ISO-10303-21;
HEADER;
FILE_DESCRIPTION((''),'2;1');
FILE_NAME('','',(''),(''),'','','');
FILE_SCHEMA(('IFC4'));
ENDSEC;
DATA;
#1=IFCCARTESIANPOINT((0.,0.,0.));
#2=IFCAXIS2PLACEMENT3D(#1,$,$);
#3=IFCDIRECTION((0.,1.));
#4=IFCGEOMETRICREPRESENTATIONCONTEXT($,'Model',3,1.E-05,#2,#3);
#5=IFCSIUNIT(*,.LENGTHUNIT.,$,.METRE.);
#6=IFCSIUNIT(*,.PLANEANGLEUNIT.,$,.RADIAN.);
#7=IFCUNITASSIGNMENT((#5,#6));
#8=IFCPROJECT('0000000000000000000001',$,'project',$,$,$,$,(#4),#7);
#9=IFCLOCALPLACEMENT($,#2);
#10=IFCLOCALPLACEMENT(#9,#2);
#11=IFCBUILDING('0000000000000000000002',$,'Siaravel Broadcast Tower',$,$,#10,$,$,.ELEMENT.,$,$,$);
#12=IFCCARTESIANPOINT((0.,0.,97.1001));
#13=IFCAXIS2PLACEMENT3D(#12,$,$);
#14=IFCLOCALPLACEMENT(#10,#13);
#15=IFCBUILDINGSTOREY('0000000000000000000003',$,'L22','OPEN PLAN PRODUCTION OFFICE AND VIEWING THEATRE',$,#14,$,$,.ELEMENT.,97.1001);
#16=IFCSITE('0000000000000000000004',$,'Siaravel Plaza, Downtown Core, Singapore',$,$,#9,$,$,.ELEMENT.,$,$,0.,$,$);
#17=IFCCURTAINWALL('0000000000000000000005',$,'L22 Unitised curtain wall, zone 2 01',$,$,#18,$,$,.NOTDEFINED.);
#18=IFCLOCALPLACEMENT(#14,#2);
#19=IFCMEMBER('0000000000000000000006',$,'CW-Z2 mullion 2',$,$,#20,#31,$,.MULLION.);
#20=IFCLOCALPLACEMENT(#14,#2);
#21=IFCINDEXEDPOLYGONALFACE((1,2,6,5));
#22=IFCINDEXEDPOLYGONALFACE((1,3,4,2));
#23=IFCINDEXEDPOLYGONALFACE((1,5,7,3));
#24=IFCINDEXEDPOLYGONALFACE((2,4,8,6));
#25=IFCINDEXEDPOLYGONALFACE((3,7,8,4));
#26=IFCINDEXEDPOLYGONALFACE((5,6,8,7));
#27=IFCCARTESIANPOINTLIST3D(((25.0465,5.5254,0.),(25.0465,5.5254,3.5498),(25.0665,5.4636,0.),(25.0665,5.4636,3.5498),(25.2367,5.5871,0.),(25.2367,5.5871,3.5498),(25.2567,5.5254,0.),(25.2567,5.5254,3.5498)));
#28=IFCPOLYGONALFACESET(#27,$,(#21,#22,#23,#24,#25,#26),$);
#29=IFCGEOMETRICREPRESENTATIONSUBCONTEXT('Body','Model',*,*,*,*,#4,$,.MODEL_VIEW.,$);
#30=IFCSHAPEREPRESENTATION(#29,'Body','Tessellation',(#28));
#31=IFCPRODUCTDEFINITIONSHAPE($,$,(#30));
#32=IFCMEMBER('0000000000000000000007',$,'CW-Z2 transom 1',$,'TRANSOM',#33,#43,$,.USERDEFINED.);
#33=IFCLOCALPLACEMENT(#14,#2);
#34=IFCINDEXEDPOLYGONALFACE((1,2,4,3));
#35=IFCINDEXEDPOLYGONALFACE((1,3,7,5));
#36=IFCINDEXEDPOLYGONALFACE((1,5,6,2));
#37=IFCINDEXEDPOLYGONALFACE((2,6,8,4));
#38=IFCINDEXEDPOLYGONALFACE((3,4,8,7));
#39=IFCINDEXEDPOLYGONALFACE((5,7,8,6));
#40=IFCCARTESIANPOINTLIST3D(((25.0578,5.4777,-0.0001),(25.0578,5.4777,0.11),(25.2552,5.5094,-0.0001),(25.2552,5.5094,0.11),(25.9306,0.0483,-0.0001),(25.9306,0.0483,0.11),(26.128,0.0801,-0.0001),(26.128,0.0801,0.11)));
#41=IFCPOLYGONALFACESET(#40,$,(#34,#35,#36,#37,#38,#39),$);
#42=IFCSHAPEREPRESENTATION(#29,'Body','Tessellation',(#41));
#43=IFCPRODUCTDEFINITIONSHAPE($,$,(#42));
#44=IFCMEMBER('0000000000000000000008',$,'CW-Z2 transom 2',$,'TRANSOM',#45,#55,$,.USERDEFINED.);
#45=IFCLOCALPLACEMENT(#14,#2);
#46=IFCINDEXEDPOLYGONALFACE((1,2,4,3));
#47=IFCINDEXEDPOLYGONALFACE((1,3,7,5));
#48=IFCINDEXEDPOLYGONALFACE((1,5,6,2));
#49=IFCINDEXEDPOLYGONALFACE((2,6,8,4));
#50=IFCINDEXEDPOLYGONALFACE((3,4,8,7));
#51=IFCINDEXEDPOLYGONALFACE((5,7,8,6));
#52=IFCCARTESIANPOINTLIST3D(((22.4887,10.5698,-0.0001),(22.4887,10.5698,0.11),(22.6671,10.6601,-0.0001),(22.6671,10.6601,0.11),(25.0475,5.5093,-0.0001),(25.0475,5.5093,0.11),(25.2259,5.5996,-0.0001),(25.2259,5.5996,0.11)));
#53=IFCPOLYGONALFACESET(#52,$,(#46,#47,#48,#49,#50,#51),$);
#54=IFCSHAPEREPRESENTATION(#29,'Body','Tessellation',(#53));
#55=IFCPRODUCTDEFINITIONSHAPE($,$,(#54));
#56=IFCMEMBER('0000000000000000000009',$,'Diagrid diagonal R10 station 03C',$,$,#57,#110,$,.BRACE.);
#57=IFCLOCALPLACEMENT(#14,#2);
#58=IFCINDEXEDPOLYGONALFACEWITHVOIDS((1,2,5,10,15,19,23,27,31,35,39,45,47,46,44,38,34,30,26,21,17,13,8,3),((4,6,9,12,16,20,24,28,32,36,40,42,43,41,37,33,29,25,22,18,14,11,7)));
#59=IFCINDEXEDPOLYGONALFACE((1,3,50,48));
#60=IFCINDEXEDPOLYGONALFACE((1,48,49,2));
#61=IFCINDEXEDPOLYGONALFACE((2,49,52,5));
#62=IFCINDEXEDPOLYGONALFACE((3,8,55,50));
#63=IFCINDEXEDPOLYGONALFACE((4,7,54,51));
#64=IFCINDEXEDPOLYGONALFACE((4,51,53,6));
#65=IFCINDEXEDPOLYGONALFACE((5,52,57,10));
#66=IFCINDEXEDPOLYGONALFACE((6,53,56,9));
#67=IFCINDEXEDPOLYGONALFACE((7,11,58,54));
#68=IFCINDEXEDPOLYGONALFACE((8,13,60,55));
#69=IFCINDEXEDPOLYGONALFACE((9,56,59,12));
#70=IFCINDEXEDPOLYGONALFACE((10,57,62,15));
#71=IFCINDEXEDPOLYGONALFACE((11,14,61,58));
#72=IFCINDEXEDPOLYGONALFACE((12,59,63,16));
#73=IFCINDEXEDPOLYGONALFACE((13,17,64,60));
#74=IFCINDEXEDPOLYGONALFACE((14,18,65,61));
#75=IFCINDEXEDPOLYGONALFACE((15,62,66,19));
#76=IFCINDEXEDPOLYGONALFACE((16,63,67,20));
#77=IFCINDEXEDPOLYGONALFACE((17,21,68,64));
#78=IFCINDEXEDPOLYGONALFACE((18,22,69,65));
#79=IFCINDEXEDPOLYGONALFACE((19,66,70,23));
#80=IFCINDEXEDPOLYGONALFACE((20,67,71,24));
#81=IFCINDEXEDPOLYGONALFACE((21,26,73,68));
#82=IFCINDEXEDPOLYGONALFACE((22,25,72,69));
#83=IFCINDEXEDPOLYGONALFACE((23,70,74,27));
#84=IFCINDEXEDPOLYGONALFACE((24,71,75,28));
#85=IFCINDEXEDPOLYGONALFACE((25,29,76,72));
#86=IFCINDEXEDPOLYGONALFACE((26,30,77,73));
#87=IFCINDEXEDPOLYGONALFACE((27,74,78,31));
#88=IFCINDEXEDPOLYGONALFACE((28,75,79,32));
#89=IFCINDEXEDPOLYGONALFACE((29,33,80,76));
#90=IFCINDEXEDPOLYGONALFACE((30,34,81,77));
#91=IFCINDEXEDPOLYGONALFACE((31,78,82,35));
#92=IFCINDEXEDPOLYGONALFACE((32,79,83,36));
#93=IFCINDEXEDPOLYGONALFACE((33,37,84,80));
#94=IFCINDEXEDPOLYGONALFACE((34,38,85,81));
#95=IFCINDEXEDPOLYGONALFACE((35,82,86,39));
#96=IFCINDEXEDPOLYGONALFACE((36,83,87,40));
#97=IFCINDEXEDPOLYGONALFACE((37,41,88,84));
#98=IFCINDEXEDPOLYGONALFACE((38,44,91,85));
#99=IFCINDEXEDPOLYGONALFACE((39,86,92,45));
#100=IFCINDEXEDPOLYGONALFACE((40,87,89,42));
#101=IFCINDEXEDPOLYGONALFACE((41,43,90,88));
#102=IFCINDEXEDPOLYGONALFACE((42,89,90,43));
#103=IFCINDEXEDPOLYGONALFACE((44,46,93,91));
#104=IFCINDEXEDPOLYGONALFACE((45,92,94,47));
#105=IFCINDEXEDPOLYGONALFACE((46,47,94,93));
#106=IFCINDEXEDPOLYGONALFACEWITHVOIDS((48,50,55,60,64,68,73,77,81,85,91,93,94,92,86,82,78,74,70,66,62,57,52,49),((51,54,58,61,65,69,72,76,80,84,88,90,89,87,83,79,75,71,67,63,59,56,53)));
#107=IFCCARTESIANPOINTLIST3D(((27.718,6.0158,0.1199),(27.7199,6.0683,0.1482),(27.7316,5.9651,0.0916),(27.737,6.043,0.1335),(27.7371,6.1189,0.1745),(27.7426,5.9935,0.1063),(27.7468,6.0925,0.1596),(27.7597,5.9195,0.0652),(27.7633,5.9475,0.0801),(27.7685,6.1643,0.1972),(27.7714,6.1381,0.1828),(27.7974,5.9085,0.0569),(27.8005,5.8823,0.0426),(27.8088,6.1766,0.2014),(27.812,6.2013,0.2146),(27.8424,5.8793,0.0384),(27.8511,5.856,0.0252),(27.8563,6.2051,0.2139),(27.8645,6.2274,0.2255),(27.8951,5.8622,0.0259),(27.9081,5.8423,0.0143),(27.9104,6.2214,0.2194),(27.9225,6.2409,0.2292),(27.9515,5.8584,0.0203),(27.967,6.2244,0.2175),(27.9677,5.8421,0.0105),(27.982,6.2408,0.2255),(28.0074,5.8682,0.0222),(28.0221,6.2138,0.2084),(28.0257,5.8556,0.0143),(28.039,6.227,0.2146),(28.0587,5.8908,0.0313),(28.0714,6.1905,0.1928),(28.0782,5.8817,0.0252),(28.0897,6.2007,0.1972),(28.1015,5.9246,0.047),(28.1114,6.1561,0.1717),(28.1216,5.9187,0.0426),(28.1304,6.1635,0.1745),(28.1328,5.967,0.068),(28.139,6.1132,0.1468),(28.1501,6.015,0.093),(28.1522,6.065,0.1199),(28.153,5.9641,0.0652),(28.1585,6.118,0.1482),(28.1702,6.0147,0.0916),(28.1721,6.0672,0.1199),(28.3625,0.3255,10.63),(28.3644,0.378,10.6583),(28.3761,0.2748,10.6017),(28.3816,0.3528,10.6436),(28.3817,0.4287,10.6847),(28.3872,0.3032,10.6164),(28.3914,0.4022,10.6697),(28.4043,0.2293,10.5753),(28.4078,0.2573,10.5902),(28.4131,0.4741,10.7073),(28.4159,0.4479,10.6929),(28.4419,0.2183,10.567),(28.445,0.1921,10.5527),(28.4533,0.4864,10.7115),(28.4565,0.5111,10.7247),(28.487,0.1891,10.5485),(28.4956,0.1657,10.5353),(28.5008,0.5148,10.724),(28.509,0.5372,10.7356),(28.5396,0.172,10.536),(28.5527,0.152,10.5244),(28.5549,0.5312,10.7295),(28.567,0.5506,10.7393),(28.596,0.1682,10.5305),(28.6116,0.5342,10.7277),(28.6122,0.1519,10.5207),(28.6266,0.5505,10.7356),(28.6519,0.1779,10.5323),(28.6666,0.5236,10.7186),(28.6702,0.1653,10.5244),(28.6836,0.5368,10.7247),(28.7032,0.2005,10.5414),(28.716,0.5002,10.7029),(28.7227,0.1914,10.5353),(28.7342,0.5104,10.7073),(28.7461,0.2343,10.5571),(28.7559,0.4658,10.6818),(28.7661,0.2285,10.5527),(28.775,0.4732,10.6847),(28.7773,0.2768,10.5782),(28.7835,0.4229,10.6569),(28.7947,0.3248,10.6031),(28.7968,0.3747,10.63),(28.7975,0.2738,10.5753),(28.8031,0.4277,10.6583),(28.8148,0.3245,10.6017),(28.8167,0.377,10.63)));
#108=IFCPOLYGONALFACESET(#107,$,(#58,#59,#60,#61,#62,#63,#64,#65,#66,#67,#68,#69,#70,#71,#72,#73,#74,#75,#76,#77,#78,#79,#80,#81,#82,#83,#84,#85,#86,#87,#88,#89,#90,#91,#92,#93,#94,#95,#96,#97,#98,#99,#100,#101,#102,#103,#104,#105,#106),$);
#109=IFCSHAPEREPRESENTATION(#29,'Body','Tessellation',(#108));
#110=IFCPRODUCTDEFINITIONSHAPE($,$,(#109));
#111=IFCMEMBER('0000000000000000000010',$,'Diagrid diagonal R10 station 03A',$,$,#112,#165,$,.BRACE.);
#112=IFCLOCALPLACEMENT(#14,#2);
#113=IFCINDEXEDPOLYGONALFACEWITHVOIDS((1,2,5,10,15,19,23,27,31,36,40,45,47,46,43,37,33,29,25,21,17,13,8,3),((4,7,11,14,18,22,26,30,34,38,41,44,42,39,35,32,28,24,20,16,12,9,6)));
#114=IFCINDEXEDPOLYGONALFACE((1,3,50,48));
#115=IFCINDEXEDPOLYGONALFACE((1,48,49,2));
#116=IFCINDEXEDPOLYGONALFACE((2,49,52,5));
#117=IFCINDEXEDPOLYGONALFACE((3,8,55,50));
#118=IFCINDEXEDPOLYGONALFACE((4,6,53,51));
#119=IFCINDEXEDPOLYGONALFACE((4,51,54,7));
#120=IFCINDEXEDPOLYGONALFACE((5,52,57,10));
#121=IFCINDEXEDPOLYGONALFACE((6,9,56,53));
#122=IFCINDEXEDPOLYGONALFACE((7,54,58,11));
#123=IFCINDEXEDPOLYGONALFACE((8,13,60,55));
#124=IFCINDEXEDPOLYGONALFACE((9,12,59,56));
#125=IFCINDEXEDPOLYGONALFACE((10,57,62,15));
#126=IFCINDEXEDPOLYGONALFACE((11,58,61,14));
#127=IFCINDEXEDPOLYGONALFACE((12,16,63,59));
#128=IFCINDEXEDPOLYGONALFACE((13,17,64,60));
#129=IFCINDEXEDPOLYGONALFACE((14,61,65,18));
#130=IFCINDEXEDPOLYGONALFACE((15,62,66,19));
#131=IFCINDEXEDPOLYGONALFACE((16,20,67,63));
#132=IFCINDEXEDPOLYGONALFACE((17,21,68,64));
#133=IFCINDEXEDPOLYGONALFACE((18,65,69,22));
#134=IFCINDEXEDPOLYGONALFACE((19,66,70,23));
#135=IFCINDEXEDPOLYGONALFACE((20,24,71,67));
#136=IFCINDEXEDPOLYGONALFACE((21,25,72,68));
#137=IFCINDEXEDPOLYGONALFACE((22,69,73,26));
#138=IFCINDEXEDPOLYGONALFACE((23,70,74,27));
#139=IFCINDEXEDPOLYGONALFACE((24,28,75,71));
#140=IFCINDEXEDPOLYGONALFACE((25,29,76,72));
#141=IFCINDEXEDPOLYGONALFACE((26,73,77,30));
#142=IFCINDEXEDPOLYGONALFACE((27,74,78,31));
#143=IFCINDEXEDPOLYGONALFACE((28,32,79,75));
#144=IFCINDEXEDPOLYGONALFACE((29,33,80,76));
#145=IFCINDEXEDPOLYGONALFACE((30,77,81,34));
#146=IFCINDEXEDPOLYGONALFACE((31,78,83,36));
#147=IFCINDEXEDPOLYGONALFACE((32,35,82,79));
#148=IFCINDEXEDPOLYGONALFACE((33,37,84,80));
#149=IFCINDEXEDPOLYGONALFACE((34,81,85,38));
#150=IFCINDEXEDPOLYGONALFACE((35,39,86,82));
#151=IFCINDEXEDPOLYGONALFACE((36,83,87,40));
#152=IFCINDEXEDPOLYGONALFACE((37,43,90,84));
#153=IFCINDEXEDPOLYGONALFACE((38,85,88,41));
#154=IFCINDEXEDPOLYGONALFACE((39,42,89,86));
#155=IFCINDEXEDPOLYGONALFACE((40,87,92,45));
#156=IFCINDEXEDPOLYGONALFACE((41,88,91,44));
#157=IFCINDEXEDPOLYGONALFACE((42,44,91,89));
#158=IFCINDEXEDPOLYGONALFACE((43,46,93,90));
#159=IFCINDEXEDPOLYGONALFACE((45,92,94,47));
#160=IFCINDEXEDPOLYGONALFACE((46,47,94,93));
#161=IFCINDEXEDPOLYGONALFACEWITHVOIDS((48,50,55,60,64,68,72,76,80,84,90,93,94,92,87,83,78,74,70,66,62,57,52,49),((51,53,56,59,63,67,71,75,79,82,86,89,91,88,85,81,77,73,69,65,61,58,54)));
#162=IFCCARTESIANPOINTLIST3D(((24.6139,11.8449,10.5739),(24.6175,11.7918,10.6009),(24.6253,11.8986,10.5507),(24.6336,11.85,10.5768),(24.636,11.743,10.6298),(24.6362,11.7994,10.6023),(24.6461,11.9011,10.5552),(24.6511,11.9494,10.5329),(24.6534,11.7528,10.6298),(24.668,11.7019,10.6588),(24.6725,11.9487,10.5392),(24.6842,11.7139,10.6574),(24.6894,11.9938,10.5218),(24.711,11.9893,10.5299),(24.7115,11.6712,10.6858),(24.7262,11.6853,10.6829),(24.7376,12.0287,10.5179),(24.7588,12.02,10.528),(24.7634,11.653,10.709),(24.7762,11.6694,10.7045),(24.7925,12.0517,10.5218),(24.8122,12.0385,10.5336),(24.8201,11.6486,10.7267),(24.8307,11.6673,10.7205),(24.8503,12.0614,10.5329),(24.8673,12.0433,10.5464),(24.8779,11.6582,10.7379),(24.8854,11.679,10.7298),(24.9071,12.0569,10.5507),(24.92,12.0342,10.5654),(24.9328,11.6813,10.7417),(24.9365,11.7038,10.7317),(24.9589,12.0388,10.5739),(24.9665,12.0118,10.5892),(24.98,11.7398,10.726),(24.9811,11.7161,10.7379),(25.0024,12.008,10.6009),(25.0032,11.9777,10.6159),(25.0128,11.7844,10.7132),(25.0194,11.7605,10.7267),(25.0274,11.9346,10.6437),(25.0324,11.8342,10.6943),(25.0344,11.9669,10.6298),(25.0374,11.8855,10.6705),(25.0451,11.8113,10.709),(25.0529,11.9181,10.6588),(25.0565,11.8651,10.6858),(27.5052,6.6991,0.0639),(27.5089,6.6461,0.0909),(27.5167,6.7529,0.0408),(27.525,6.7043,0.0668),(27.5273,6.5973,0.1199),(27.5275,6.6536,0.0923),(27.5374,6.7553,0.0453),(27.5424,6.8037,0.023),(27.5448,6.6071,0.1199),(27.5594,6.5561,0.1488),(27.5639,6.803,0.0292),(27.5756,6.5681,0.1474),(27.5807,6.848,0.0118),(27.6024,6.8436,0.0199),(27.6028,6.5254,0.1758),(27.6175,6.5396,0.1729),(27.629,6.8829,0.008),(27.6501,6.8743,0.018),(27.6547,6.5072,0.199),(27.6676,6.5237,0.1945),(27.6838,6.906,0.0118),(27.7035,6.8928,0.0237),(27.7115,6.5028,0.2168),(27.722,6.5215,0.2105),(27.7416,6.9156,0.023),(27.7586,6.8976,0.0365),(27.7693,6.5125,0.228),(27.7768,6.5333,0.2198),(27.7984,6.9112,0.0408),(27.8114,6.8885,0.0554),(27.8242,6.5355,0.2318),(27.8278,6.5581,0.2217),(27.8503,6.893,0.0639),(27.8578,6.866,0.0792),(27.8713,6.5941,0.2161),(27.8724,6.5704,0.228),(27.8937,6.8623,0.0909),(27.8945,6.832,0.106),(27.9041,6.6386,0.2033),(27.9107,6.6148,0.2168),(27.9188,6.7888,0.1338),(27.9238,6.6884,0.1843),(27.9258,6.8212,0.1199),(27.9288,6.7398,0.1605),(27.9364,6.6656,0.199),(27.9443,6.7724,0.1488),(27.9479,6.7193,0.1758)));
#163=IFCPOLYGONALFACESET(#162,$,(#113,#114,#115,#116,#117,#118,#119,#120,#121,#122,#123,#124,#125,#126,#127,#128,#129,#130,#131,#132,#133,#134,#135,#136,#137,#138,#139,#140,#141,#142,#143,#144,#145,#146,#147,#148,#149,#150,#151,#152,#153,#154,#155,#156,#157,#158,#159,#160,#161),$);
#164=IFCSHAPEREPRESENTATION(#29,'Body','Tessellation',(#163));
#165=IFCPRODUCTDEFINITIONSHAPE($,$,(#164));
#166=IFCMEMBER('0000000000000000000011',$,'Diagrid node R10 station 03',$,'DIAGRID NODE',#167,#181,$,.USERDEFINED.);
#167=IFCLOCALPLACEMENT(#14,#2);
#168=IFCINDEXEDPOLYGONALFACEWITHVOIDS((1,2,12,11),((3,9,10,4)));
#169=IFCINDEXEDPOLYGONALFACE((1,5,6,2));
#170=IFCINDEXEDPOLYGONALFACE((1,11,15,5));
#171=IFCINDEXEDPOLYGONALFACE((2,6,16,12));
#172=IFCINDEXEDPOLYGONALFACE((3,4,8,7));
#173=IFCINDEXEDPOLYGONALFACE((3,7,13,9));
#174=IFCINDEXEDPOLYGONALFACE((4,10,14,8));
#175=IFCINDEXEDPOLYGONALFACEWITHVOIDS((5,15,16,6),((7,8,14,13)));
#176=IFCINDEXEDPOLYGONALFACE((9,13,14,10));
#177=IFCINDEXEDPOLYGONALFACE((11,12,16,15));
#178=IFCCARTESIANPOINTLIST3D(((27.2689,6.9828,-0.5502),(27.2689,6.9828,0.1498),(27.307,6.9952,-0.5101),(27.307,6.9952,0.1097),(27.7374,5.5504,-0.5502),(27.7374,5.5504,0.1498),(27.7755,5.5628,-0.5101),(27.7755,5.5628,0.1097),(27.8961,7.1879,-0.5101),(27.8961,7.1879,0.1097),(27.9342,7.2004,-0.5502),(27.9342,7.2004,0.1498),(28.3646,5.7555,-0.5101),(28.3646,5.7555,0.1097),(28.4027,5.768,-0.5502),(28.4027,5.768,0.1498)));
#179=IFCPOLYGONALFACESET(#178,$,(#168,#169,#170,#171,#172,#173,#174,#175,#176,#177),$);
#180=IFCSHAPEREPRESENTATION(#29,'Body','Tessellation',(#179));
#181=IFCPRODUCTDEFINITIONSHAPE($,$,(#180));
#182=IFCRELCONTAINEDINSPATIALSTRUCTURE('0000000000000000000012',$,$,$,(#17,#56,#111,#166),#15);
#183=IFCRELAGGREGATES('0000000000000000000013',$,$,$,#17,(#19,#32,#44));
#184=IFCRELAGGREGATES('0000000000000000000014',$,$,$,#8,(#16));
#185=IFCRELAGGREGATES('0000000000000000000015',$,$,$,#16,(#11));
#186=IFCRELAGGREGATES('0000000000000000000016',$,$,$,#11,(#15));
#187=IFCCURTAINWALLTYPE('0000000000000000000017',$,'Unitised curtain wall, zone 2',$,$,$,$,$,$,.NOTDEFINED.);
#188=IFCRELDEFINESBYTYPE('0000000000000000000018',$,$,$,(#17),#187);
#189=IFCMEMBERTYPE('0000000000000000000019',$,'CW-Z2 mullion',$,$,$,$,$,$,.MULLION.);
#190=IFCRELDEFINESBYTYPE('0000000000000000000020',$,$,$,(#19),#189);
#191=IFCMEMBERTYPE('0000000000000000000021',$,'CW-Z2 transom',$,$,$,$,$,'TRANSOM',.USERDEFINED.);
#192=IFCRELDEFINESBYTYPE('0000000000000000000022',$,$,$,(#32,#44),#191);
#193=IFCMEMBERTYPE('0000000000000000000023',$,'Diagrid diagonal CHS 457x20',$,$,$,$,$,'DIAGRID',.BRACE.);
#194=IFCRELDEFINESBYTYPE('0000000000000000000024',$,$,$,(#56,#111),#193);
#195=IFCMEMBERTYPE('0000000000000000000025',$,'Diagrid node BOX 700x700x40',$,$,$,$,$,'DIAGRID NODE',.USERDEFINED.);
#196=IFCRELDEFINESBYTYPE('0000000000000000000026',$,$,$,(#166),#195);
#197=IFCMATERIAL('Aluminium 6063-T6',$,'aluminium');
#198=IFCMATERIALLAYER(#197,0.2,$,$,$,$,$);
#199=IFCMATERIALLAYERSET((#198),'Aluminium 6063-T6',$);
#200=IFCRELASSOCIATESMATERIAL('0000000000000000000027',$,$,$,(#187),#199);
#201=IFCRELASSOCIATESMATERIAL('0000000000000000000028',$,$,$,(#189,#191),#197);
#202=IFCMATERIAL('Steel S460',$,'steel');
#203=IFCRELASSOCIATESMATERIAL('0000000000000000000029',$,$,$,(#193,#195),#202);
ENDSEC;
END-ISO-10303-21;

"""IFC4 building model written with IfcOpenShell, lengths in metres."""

from ifc_helpers import new_model, si_unit, direction, frame, origin, origin_2d, place, context, subcontext, project, spatial, rectangle, hollow_rectangle, hollow_circle, extrude, material, layer, layer_set, material_profile, profile_set, type_object, element, aggregate, save


model = new_model("IFC4")

# Units and contexts
model_context = context("Model", 3, precision=1e-05, world=origin(), true_north=direction((0.0, 1.0)))
body_context = subcontext(model_context, "Body", "Model", "MODEL_VIEW")
ifc_project = project(units=[si_unit("LENGTHUNIT", "METRE"), si_unit("PLANEANGLEUNIT", "RADIAN")], contexts=[model_context])

# Site, building, storey
site_placement = place(None, origin())
site = spatial("IfcSite", under=ifc_project, at=site_placement, Name="Siaravel Plaza, Downtown Core, Singapore", CompositionType="ELEMENT", RefElevation=0.0)
building_placement = place(site_placement, origin())
building = spatial("IfcBuilding", under=site, at=building_placement, Name="Siaravel Broadcast Tower", CompositionType="ELEMENT")
storey_placement = place(building_placement, frame((0.0, 0.0, 97.1001)))
storey = spatial("IfcBuildingStorey", under=building, at=storey_placement, Name="L22", Description="OPEN PLAN PRODUCTION OFFICE AND VIEWING THEATRE", CompositionType="ELEMENT", Elevation=97.1001)

# Curtain wall, members
ifc_material_1 = material(Name="Aluminium 6063-T6", Category="aluminium")
ifc_layer_1 = layer(ifc_material_1, 0.2)
ifc_layer_set_1 = layer_set([ifc_layer_1], Name="Aluminium 6063-T6")
curtain_wall_type = type_object("IfcCurtainWallType", Name="Unitised curtain wall, zone 2", PredefinedType="NOTDEFINED", material=ifc_layer_set_1)
curtain_wall_placement = place(storey_placement, origin())
curtain_wall = element("IfcCurtainWall", 1, at=curtain_wall_placement, inside=storey, type_object=curtain_wall_type, Name="L22 Unitised curtain wall, zone 2 01", PredefinedType="NOTDEFINED")
ifc_material_profile_1 = material_profile(ifc_material_1, rectangle(XDim=0.2, YDim=0.0649, at=origin_2d()))
ifc_profile_set_1 = profile_set([ifc_material_profile_1], Name="Aluminium 6063-T6")
member_type_1 = type_object("IfcMemberType", Name="CW-Z2 mullion", PredefinedType="MULLION", material=ifc_profile_set_1)
member_1_placement = place(storey_placement, frame((25.1516, 5.5254, 0.0), z_axis=(0.0, 0.0, 1.0), x_axis=(-0.951177, -0.308646, 0.0)))
member_1 = element("IfcMember", 2, at=member_1_placement, type_object=member_type_1, Name="CW-Z2 mullion 2", PredefinedType="MULLION", context=body_context, shape_type="SweptSolid", body=[
    extrude(rectangle(XDim=0.2, YDim=0.0649, at=origin_2d()), origin(), (0.0, 0.0, 1.0), 3.5498),
])
ifc_material_profile_2 = material_profile(ifc_material_1, rectangle(XDim=0.2, YDim=0.1101, at=origin_2d()))
ifc_profile_set_2 = profile_set([ifc_material_profile_2], Name="Aluminium 6063-T6")
member_type_2 = type_object("IfcMemberType", Name="CW-Z2 transom", ElementType="TRANSOM", PredefinedType="USERDEFINED", material=ifc_profile_set_2)
member_2_placement = place(storey_placement, frame((26.0293, 0.0642, 0.0549), z_axis=(-0.158723, 0.987323, 0.0), x_axis=(-0.987323, -0.158723, 0.0)))
member_2 = element("IfcMember", 3, at=member_2_placement, type_object=member_type_2, Name="CW-Z2 transom 1", ObjectType="TRANSOM", PredefinedType="USERDEFINED", context=body_context, shape_type="SweptSolid", body=[
    extrude(rectangle(XDim=0.2, YDim=0.1101, at=origin_2d()), origin(), (0.0, 0.0, 1.0), 5.499),
])
member_3_placement = place(storey_placement, frame((25.1367, 5.5544, 0.0549), z_axis=(-0.451239, 0.892403, 0.0), x_axis=(-0.892403, -0.451239, 0.0)))
member_3 = element("IfcMember", 4, at=member_3_placement, type_object=member_type_2, Name="CW-Z2 transom 2", ObjectType="TRANSOM", PredefinedType="USERDEFINED", context=body_context, shape_type="SweptSolid", body=[
    extrude(rectangle(XDim=0.2, YDim=0.1101, at=origin_2d()), origin(), (0.0, 0.0, 1.0), 5.6707),
])

# Members
ifc_material_2 = material(Name="Steel S460", Category="steel")
ifc_material_profile_3 = material_profile(ifc_material_2, hollow_circle(Radius=0.2285, WallThickness=0.02, at=origin_2d()))
ifc_profile_set_3 = profile_set([ifc_material_profile_3], Name="Steel S460")
member_type_3 = type_object("IfcMemberType", Name="Diagrid diagonal CHS 457x20", ElementType="DIAGRID", PredefinedType="BRACE", material=ifc_profile_set_3)
member_4_placement = place(storey_placement, frame((27.9451, 6.0415, 0.1199), z_axis=(0.053851, -0.475415, 0.878112), x_axis=(0.993646, 0.112551, 0.0)))
element("IfcMember", 5, at=member_4_placement, inside=storey, type_object=member_type_3, Name="Diagrid diagonal R10 station 03C", PredefinedType="BRACE", context=body_context, shape_type="SweptSolid", body=[
    extrude(hollow_circle(Radius=0.2285, WallThickness=0.02, at=origin_2d()), origin(), (0.0, 0.0, 1.0), 11.969),
])
member_5_placement = place(storey_placement, frame((27.7266, 6.7092, 0.1199), z_axis=(-0.239867, 0.426892, 0.87191), x_axis=(-0.871802, -0.489859, 0.0)))
element("IfcMember", 6, at=member_5_placement, inside=storey, type_object=member_type_3, Name="Diagrid diagonal R10 station 03A", PredefinedType="BRACE", context=body_context, shape_type="SweptSolid", body=[
    extrude(hollow_circle(Radius=0.2285, WallThickness=0.02, at=origin_2d()), origin(), (0.0, 0.0, 1.0), 12.054),
])
ifc_material_profile_4 = material_profile(ifc_material_2, hollow_rectangle(XDim=0.7, YDim=0.7, WallThickness=0.04, at=origin_2d()))
ifc_profile_set_4 = profile_set([ifc_material_profile_4], Name="Steel S460")
member_type_4 = type_object("IfcMemberType", Name="Diagrid node BOX 700x700x40", ElementType="DIAGRID NODE", PredefinedType="USERDEFINED", material=ifc_profile_set_4)
member_6_placement = place(storey_placement, frame((28.0701, 5.6592, -0.2002), z_axis=(-0.310877, 0.95045, 0.0), x_axis=(-0.95045, -0.310877, 0.0)))
element("IfcMember", 7, at=member_6_placement, inside=storey, type_object=member_type_4, Name="Diagrid node R10 station 03", ObjectType="DIAGRID NODE", PredefinedType="USERDEFINED", context=body_context, shape_type="SweptSolid", body=[
    extrude(hollow_rectangle(XDim=0.7, YDim=0.7, WallThickness=0.04, at=origin_2d()), origin(), (0.0, 0.0, 1.0), 1.5071),
])

aggregate(curtain_wall, [member_1, member_2, member_3])

save(model, "model.ifc")
